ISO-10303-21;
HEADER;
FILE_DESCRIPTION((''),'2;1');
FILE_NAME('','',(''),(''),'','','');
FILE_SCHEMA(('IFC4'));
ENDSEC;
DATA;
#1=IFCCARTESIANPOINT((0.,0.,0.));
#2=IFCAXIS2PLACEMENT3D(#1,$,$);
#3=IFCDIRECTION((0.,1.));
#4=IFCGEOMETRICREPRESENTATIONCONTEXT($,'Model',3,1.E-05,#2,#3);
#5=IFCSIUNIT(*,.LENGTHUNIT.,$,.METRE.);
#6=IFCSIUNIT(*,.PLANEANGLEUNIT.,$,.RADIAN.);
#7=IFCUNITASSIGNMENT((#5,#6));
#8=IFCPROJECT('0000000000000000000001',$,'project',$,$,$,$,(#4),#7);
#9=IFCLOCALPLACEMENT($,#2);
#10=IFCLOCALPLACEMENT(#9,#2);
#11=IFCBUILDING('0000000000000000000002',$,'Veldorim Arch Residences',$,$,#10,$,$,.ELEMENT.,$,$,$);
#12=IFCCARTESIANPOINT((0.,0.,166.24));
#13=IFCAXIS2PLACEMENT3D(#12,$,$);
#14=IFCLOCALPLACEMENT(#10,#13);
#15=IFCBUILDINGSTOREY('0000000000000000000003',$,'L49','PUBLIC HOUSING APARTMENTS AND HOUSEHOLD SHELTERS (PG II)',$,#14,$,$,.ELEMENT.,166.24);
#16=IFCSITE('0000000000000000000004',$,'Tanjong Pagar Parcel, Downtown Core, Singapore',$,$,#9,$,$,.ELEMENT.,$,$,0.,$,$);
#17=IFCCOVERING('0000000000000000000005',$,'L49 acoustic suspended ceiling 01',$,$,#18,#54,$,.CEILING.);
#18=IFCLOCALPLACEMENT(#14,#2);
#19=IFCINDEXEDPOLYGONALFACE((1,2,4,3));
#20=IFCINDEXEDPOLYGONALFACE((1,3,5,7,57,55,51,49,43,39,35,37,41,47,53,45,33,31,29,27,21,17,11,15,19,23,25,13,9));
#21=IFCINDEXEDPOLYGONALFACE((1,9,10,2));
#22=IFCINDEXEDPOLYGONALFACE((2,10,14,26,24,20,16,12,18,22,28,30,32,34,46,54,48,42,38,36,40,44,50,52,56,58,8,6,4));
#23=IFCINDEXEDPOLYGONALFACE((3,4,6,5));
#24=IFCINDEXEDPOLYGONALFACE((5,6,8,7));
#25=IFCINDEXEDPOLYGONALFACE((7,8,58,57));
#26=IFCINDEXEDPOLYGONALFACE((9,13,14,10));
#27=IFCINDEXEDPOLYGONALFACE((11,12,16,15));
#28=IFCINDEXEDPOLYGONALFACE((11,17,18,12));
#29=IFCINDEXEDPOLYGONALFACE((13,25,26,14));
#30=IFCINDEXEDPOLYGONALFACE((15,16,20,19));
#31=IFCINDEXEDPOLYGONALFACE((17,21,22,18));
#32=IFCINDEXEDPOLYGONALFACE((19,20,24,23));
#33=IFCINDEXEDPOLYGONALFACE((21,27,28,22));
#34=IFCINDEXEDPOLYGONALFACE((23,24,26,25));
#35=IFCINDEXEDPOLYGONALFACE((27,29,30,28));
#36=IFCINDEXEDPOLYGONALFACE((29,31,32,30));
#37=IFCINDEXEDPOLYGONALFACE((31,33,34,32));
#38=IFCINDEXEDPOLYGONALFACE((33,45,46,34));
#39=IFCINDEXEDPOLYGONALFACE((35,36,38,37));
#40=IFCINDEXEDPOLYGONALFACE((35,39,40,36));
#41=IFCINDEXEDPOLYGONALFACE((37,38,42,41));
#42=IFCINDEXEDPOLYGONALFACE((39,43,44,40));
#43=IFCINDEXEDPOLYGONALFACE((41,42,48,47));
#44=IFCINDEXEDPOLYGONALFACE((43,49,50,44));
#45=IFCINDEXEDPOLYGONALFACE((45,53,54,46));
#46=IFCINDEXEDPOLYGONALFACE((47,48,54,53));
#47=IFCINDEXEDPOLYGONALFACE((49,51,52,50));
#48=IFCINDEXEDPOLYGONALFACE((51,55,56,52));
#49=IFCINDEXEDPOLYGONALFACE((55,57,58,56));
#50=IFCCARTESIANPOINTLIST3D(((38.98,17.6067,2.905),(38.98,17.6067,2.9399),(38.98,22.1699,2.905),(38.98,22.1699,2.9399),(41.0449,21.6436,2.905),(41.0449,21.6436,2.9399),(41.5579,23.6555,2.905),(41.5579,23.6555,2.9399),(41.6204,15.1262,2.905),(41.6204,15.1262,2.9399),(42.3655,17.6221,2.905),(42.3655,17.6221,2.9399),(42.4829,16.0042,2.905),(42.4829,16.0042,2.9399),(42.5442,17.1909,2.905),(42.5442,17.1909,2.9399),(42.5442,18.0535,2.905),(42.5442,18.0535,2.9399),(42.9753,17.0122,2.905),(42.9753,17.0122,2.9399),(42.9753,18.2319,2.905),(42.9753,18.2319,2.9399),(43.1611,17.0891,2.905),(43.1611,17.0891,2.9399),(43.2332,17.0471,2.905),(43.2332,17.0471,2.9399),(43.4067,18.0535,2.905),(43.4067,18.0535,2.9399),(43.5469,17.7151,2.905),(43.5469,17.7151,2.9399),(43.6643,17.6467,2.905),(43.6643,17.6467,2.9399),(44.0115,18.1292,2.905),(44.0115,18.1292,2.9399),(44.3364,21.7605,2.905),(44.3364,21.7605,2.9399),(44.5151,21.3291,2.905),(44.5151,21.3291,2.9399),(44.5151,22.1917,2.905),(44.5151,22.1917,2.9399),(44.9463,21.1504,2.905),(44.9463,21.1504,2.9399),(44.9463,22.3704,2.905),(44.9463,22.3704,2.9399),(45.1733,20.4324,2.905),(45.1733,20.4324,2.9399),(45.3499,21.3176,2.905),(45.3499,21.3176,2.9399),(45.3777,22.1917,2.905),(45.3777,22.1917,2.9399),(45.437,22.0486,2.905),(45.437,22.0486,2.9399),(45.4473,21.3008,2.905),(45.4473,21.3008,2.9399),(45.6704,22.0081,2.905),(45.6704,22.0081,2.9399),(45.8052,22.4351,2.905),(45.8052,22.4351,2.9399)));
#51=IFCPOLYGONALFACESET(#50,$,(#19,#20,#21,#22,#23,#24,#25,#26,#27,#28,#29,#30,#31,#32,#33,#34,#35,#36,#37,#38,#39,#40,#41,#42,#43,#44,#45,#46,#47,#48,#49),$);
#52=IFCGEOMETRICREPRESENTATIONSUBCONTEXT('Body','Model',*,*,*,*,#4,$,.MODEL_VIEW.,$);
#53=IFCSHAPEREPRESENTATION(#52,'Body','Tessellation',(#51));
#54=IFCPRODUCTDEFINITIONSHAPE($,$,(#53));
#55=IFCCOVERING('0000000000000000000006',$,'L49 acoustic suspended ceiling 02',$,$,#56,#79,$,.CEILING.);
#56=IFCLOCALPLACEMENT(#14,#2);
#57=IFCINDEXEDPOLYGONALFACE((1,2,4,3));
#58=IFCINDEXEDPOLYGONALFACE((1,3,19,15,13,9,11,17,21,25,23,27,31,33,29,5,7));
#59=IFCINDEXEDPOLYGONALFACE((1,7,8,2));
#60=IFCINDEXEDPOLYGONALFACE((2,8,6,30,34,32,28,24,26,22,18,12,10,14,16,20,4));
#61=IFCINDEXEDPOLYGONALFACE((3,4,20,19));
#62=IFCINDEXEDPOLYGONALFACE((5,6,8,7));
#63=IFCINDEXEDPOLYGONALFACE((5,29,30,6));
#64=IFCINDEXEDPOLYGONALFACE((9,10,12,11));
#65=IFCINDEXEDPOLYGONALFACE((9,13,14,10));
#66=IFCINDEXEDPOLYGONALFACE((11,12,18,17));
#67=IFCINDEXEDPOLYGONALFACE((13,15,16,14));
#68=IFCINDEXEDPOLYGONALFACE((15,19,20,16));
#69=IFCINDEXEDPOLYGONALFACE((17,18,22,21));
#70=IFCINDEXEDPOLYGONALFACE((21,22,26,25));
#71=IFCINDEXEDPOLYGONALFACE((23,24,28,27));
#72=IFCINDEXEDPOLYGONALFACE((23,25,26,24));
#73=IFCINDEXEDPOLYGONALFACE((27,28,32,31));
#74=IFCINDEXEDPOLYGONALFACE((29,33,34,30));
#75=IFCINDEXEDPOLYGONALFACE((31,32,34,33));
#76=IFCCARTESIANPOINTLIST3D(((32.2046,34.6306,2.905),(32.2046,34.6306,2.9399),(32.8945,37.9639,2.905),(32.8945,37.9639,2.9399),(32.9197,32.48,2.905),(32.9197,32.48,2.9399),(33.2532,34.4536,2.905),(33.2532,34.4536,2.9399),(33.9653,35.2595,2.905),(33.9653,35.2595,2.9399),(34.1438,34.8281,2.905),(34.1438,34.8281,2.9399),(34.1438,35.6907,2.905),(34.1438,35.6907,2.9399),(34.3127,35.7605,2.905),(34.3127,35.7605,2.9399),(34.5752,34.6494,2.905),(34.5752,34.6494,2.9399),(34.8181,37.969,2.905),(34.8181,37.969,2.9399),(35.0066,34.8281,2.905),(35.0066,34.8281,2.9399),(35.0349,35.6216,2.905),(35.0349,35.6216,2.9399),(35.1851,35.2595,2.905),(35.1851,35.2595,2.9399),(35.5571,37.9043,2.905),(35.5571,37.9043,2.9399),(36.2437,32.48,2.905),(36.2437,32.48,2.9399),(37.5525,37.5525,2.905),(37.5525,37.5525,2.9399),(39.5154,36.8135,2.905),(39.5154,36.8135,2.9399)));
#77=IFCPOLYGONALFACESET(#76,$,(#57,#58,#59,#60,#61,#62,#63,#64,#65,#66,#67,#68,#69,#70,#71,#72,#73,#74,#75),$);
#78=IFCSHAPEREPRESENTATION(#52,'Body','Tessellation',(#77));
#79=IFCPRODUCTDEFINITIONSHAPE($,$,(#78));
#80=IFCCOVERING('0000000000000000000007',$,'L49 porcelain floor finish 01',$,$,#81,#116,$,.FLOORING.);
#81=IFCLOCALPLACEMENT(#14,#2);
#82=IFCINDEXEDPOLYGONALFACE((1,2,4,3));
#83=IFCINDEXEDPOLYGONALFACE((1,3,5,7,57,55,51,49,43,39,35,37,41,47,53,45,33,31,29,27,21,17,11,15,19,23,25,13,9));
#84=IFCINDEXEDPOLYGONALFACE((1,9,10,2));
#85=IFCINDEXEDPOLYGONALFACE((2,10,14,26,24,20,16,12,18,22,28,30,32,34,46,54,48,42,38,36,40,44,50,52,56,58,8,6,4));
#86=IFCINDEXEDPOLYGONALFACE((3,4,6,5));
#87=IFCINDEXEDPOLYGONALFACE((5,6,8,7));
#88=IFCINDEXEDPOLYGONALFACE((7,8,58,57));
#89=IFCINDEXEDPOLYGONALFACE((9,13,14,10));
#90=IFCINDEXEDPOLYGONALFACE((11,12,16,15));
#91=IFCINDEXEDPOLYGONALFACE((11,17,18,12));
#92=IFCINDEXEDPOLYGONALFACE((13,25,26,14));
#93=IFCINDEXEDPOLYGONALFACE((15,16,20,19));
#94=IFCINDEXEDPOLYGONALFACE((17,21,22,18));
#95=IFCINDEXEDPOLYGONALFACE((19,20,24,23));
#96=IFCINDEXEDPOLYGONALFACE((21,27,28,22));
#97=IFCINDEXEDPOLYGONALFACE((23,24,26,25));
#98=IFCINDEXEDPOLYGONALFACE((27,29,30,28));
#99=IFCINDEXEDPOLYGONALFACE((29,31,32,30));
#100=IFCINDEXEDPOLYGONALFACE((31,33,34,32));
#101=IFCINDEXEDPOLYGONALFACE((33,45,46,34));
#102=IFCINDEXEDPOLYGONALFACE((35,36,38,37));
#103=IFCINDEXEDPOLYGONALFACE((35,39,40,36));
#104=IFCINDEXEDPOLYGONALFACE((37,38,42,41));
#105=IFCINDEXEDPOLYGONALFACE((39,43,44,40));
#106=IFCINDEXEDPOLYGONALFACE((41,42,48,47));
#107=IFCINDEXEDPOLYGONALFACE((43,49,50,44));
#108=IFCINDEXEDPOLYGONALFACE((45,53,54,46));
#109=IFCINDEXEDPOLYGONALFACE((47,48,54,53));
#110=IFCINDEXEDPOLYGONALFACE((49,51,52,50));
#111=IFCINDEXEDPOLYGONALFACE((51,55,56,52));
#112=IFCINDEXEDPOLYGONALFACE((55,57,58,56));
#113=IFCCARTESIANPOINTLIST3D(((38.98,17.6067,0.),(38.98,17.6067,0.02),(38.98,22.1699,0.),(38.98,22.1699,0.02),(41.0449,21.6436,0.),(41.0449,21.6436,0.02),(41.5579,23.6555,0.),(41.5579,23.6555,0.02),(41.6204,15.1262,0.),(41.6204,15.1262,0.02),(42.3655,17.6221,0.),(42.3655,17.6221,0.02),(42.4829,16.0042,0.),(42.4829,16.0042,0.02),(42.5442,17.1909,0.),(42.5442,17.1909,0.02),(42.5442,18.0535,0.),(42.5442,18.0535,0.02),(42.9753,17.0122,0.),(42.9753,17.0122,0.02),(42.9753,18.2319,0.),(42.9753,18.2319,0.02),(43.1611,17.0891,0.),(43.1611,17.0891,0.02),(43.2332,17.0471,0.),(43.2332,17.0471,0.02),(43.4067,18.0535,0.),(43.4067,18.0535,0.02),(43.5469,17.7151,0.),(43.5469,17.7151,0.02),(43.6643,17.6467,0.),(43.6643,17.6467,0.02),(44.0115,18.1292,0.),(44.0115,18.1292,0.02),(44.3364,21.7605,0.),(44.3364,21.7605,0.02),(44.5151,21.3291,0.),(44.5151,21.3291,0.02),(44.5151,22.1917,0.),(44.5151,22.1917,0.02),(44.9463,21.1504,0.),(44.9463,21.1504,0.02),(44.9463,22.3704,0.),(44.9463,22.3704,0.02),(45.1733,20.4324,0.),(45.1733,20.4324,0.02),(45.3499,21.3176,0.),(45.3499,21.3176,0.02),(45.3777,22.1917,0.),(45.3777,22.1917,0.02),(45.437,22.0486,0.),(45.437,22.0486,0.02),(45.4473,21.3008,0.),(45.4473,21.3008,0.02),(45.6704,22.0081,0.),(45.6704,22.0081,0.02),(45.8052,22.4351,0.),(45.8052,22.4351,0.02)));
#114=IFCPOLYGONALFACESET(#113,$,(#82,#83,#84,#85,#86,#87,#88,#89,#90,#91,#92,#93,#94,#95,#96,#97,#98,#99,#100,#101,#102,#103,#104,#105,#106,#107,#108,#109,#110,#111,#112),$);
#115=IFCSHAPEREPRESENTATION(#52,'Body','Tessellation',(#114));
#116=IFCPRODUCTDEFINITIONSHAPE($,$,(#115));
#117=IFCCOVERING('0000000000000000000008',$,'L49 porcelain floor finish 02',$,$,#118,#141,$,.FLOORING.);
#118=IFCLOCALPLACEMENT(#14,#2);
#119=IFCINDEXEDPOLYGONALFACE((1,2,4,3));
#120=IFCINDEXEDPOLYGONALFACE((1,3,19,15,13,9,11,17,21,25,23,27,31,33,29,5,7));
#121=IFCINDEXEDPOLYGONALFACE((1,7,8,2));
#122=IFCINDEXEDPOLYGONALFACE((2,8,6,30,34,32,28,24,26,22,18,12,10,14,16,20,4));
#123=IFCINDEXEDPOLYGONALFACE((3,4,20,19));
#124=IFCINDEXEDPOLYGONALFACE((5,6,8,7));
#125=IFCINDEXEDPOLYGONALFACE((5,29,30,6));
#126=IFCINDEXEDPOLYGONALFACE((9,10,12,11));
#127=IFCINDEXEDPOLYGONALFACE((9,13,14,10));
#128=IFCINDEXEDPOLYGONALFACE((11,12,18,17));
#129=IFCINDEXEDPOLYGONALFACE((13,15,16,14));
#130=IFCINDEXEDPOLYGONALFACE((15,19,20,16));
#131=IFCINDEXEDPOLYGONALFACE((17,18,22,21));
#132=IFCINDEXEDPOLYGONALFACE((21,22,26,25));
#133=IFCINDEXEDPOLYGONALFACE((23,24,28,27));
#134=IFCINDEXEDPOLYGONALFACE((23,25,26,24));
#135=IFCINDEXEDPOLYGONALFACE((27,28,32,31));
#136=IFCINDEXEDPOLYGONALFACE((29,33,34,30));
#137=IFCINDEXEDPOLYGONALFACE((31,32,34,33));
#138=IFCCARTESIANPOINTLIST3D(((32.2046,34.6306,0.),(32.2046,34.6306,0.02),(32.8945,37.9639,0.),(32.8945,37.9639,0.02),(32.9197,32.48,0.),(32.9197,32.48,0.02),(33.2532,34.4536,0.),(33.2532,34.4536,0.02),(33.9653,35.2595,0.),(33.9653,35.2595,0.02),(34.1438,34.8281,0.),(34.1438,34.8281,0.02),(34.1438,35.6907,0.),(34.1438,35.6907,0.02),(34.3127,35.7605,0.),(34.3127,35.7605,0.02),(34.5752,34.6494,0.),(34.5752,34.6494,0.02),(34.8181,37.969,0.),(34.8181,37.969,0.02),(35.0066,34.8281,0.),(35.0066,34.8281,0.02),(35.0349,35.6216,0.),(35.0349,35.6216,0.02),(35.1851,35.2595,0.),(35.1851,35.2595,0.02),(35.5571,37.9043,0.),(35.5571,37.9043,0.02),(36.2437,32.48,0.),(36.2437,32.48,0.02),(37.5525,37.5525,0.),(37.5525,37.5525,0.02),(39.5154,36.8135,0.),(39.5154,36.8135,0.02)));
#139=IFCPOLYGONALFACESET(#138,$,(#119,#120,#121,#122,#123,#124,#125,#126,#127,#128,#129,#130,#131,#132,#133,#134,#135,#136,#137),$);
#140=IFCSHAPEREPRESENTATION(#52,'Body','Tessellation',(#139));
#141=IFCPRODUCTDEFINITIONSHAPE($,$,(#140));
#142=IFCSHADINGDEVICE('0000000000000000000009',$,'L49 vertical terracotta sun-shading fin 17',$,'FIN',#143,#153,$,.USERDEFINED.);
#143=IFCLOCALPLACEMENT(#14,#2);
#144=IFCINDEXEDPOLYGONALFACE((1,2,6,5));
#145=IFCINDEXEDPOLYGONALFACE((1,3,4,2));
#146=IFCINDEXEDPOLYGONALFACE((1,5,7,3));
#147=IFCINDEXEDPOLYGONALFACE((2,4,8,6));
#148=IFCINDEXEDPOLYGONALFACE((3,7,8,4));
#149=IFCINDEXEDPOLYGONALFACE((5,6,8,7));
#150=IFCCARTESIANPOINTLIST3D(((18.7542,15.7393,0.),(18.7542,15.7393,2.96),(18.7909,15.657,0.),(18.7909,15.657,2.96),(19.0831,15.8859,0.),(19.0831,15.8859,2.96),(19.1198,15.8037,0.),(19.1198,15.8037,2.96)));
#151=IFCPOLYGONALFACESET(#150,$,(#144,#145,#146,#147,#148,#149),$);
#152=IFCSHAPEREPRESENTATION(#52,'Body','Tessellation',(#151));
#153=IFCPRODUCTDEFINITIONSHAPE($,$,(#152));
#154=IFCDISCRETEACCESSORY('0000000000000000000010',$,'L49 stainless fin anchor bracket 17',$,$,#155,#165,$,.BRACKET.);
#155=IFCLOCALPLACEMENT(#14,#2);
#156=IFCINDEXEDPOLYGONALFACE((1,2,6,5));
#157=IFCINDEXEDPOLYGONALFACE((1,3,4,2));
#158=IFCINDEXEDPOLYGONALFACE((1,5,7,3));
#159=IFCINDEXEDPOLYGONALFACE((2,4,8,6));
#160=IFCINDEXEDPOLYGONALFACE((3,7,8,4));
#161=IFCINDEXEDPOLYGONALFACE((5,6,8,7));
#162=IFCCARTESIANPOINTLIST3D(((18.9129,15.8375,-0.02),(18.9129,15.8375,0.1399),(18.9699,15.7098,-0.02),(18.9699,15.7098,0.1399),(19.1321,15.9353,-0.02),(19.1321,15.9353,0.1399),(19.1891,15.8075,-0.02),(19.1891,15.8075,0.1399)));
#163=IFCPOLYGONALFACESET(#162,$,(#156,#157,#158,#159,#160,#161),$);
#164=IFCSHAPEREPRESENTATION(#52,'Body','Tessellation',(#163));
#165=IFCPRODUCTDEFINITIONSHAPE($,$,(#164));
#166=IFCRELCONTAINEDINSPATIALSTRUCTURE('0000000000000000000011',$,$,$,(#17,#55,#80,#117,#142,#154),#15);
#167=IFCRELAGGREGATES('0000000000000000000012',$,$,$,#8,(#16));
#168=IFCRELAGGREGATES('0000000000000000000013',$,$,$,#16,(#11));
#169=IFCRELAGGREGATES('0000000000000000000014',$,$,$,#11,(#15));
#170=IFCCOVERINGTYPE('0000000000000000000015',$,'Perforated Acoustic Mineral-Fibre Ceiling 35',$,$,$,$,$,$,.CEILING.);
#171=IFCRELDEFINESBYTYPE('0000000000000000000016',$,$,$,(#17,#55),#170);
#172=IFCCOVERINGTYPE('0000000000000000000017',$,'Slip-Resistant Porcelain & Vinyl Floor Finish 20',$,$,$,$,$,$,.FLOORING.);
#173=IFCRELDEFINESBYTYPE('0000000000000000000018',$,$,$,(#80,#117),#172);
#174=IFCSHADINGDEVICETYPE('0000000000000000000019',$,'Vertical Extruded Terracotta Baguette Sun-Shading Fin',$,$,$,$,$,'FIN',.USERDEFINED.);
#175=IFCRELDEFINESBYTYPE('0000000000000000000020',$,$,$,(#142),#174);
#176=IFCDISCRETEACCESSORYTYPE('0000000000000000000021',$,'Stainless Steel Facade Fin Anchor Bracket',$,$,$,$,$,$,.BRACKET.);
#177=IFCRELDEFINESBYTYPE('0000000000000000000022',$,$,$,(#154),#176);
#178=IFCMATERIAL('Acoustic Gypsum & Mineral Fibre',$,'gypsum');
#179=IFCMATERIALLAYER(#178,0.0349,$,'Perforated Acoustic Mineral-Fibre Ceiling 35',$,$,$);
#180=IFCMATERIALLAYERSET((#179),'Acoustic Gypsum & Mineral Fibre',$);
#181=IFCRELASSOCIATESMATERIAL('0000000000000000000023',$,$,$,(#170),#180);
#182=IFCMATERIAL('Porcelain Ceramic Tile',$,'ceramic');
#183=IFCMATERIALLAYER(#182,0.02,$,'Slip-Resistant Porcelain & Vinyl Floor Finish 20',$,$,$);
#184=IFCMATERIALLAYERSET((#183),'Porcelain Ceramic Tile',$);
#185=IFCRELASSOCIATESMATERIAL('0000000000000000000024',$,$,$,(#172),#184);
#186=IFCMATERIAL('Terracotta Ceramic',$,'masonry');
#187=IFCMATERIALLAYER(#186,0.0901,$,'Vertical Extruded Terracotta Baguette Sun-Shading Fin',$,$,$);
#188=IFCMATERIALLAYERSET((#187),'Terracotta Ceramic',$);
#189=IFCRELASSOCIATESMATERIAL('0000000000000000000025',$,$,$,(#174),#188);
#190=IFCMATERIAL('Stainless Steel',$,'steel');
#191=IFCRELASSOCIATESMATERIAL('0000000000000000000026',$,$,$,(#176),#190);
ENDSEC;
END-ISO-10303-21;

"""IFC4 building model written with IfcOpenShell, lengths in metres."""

from ifc_helpers import new_model, si_unit, direction, frame, origin, origin_2d, place, context, subcontext, project, spatial, polyline, rectangle, outline, extrude, material, layer, layer_set, type_object, element, save


model = new_model("IFC4")

# Units and contexts
model_context = context("Model", 3, precision=1e-05, world=origin(), true_north=direction((0.0, 1.0)))
body_context = subcontext(model_context, "Body", "Model", "MODEL_VIEW")
ifc_project = project(units=[si_unit("LENGTHUNIT", "METRE"), si_unit("PLANEANGLEUNIT", "RADIAN")], contexts=[model_context])

# Site, building, storey
site_placement = place(None, origin())
site = spatial("IfcSite", under=ifc_project, at=site_placement, Name="Tanjong Pagar Parcel, Downtown Core, Singapore", CompositionType="ELEMENT", RefElevation=0.0)
building_placement = place(site_placement, origin())
building = spatial("IfcBuilding", under=site, at=building_placement, Name="Veldorim Arch Residences", CompositionType="ELEMENT")
storey_placement = place(building_placement, frame((0.0, 0.0, 166.24)))
storey = spatial("IfcBuildingStorey", under=building, at=storey_placement, Name="L49", Description="PUBLIC HOUSING APARTMENTS AND HOUSEHOLD SHELTERS (PG II)", CompositionType="ELEMENT", Elevation=166.24)

# Coverings
ifc_material_1 = material(Name="Acoustic Gypsum & Mineral Fibre", Category="gypsum")
ifc_layer_1 = layer(ifc_material_1, 0.0349, Name="Perforated Acoustic Mineral-Fibre Ceiling 35")
ifc_layer_set_1 = layer_set([ifc_layer_1], Name="Acoustic Gypsum & Mineral Fibre")
covering_type_1 = type_object("IfcCoveringType", Name="Perforated Acoustic Mineral-Fibre Ceiling 35", PredefinedType="CEILING", material=ifc_layer_set_1)
covering_1_placement = place(storey_placement, frame((0.0, 0.0, 2.905)))
element("IfcCovering", 1, at=covering_1_placement, inside=storey, type_object=covering_type_1, Name="L49 acoustic suspended ceiling 01", PredefinedType="CEILING", context=body_context, shape_type="SweptSolid", body=[
    extrude(outline(polyline([(45.4473, 21.3008), (45.1733, 20.4324), (44.0115, 18.1292), (43.6643, 17.6467), (43.5469, 17.7151), (43.4067, 18.0535), (42.9753, 18.2319), (42.5442, 18.0535), (42.3655, 17.6221), (42.5442, 17.1909), (42.9753, 17.0122), (43.1611, 17.0891), (43.2332, 17.0471), (42.4829, 16.0042), (41.6204, 15.1262), (38.98, 17.6067), (38.98, 22.1699), (41.0449, 21.6436), (41.5579, 23.6555), (45.8052, 22.4351), (45.6704, 22.0081), (45.437, 22.0486), (45.3777, 22.1917), (44.9463, 22.3704), (44.5151, 22.1917), (44.3364, 21.7605), (44.5151, 21.3291), (44.9463, 21.1504), (45.3499, 21.3176), (45.4473, 21.3008)])), origin(), (0.0, 0.0, 1.0), 0.0349),
])
covering_2_placement = place(storey_placement, frame((0.0, 0.0, 2.905)))
element("IfcCovering", 2, at=covering_2_placement, inside=storey, type_object=covering_type_1, Name="L49 acoustic suspended ceiling 02", PredefinedType="CEILING", context=body_context, shape_type="SweptSolid", body=[
    extrude(outline(polyline([(34.1438, 35.6907), (33.9653, 35.2595), (34.1438, 34.8281), (34.5752, 34.6494), (35.0066, 34.8281), (35.1851, 35.2595), (35.0349, 35.6216), (35.5571, 37.9043), (37.5525, 37.5525), (39.5154, 36.8135), (36.2437, 32.48), (32.9197, 32.48), (33.2532, 34.4536), (32.2046, 34.6306), (32.8945, 37.9639), (34.8181, 37.969), (34.3127, 35.7605), (34.1438, 35.6907)])), origin(), (0.0, 0.0, 1.0), 0.0349),
])
ifc_material_2 = material(Name="Porcelain Ceramic Tile", Category="ceramic")
ifc_layer_2 = layer(ifc_material_2, 0.02, Name="Slip-Resistant Porcelain & Vinyl Floor Finish 20")
ifc_layer_set_2 = layer_set([ifc_layer_2], Name="Porcelain Ceramic Tile")
covering_type_2 = type_object("IfcCoveringType", Name="Slip-Resistant Porcelain & Vinyl Floor Finish 20", PredefinedType="FLOORING", material=ifc_layer_set_2)
covering_3_placement = place(storey_placement, origin())
element("IfcCovering", 3, at=covering_3_placement, inside=storey, type_object=covering_type_2, Name="L49 porcelain floor finish 01", PredefinedType="FLOORING", context=body_context, shape_type="SweptSolid", body=[
    extrude(outline(polyline([(45.4473, 21.3008), (45.1733, 20.4324), (44.0115, 18.1292), (43.6643, 17.6467), (43.5469, 17.7151), (43.4067, 18.0535), (42.9753, 18.2319), (42.5442, 18.0535), (42.3655, 17.6221), (42.5442, 17.1909), (42.9753, 17.0122), (43.1611, 17.0891), (43.2332, 17.0471), (42.4829, 16.0042), (41.6204, 15.1262), (38.98, 17.6067), (38.98, 22.1699), (41.0449, 21.6436), (41.5579, 23.6555), (45.8052, 22.4351), (45.6704, 22.0081), (45.437, 22.0486), (45.3777, 22.1917), (44.9463, 22.3704), (44.5151, 22.1917), (44.3364, 21.7605), (44.5151, 21.3291), (44.9463, 21.1504), (45.3499, 21.3176), (45.4473, 21.3008)])), origin(), (0.0, 0.0, 1.0), 0.02),
])
covering_4_placement = place(storey_placement, origin())
element("IfcCovering", 4, at=covering_4_placement, inside=storey, type_object=covering_type_2, Name="L49 porcelain floor finish 02", PredefinedType="FLOORING", context=body_context, shape_type="SweptSolid", body=[
    extrude(outline(polyline([(34.1438, 35.6907), (33.9653, 35.2595), (34.1438, 34.8281), (34.5752, 34.6494), (35.0066, 34.8281), (35.1851, 35.2595), (35.0349, 35.6216), (35.5571, 37.9043), (37.5525, 37.5525), (39.5154, 36.8135), (36.2437, 32.48), (32.9197, 32.48), (33.2532, 34.4536), (32.2046, 34.6306), (32.8945, 37.9639), (34.8181, 37.969), (34.3127, 35.7605), (34.1438, 35.6907)])), origin(), (0.0, 0.0, 1.0), 0.02),
])

# Shading device
ifc_material_3 = material(Name="Terracotta Ceramic", Category="masonry")
ifc_layer_3 = layer(ifc_material_3, 0.0901, Name="Vertical Extruded Terracotta Baguette Sun-Shading Fin")
ifc_layer_set_3 = layer_set([ifc_layer_3], Name="Terracotta Ceramic")
shading_device_type = type_object("IfcShadingDeviceType", Name="Vertical Extruded Terracotta Baguette Sun-Shading Fin", ElementType="FIN", PredefinedType="USERDEFINED", material=ifc_layer_set_3)
shading_device_placement = place(storey_placement, frame((18.937, 15.7715, 0.0), z_axis=(0.0, 0.0, 1.0), x_axis=(-0.407215, 0.913332, 0.0)))
element("IfcShadingDevice", 5, at=shading_device_placement, inside=storey, type_object=shading_device_type, Name="L49 vertical terracotta sun-shading fin 17", ObjectType="FIN", PredefinedType="USERDEFINED", context=body_context, shape_type="SweptSolid", body=[
    extrude(rectangle(XDim=0.0901, YDim=0.3601, at=origin_2d()), origin(), (0.0, 0.0, 1.0), 2.96),
])

# Discrete accessory
ifc_material_4 = material(Name="Stainless Steel", Category="steel")
discrete_accessory_type = type_object("IfcDiscreteAccessoryType", Name="Stainless Steel Facade Fin Anchor Bracket", PredefinedType="BRACKET", material=ifc_material_4)
discrete_accessory_placement = place(storey_placement, frame((19.051, 15.8225, -0.02), z_axis=(0.0, 0.0, 1.0), x_axis=(-0.407215, 0.913332, 0.0)))
element("IfcDiscreteAccessory", 6, at=discrete_accessory_placement, inside=storey, type_object=discrete_accessory_type, Name="L49 stainless fin anchor bracket 17", PredefinedType="BRACKET", context=body_context, shape_type="SweptSolid", body=[
    extrude(rectangle(XDim=0.1399, YDim=0.24, at=origin_2d()), origin(), (0.0, 0.0, 1.0), 0.1599),
])

save(model, "model.ifc")
